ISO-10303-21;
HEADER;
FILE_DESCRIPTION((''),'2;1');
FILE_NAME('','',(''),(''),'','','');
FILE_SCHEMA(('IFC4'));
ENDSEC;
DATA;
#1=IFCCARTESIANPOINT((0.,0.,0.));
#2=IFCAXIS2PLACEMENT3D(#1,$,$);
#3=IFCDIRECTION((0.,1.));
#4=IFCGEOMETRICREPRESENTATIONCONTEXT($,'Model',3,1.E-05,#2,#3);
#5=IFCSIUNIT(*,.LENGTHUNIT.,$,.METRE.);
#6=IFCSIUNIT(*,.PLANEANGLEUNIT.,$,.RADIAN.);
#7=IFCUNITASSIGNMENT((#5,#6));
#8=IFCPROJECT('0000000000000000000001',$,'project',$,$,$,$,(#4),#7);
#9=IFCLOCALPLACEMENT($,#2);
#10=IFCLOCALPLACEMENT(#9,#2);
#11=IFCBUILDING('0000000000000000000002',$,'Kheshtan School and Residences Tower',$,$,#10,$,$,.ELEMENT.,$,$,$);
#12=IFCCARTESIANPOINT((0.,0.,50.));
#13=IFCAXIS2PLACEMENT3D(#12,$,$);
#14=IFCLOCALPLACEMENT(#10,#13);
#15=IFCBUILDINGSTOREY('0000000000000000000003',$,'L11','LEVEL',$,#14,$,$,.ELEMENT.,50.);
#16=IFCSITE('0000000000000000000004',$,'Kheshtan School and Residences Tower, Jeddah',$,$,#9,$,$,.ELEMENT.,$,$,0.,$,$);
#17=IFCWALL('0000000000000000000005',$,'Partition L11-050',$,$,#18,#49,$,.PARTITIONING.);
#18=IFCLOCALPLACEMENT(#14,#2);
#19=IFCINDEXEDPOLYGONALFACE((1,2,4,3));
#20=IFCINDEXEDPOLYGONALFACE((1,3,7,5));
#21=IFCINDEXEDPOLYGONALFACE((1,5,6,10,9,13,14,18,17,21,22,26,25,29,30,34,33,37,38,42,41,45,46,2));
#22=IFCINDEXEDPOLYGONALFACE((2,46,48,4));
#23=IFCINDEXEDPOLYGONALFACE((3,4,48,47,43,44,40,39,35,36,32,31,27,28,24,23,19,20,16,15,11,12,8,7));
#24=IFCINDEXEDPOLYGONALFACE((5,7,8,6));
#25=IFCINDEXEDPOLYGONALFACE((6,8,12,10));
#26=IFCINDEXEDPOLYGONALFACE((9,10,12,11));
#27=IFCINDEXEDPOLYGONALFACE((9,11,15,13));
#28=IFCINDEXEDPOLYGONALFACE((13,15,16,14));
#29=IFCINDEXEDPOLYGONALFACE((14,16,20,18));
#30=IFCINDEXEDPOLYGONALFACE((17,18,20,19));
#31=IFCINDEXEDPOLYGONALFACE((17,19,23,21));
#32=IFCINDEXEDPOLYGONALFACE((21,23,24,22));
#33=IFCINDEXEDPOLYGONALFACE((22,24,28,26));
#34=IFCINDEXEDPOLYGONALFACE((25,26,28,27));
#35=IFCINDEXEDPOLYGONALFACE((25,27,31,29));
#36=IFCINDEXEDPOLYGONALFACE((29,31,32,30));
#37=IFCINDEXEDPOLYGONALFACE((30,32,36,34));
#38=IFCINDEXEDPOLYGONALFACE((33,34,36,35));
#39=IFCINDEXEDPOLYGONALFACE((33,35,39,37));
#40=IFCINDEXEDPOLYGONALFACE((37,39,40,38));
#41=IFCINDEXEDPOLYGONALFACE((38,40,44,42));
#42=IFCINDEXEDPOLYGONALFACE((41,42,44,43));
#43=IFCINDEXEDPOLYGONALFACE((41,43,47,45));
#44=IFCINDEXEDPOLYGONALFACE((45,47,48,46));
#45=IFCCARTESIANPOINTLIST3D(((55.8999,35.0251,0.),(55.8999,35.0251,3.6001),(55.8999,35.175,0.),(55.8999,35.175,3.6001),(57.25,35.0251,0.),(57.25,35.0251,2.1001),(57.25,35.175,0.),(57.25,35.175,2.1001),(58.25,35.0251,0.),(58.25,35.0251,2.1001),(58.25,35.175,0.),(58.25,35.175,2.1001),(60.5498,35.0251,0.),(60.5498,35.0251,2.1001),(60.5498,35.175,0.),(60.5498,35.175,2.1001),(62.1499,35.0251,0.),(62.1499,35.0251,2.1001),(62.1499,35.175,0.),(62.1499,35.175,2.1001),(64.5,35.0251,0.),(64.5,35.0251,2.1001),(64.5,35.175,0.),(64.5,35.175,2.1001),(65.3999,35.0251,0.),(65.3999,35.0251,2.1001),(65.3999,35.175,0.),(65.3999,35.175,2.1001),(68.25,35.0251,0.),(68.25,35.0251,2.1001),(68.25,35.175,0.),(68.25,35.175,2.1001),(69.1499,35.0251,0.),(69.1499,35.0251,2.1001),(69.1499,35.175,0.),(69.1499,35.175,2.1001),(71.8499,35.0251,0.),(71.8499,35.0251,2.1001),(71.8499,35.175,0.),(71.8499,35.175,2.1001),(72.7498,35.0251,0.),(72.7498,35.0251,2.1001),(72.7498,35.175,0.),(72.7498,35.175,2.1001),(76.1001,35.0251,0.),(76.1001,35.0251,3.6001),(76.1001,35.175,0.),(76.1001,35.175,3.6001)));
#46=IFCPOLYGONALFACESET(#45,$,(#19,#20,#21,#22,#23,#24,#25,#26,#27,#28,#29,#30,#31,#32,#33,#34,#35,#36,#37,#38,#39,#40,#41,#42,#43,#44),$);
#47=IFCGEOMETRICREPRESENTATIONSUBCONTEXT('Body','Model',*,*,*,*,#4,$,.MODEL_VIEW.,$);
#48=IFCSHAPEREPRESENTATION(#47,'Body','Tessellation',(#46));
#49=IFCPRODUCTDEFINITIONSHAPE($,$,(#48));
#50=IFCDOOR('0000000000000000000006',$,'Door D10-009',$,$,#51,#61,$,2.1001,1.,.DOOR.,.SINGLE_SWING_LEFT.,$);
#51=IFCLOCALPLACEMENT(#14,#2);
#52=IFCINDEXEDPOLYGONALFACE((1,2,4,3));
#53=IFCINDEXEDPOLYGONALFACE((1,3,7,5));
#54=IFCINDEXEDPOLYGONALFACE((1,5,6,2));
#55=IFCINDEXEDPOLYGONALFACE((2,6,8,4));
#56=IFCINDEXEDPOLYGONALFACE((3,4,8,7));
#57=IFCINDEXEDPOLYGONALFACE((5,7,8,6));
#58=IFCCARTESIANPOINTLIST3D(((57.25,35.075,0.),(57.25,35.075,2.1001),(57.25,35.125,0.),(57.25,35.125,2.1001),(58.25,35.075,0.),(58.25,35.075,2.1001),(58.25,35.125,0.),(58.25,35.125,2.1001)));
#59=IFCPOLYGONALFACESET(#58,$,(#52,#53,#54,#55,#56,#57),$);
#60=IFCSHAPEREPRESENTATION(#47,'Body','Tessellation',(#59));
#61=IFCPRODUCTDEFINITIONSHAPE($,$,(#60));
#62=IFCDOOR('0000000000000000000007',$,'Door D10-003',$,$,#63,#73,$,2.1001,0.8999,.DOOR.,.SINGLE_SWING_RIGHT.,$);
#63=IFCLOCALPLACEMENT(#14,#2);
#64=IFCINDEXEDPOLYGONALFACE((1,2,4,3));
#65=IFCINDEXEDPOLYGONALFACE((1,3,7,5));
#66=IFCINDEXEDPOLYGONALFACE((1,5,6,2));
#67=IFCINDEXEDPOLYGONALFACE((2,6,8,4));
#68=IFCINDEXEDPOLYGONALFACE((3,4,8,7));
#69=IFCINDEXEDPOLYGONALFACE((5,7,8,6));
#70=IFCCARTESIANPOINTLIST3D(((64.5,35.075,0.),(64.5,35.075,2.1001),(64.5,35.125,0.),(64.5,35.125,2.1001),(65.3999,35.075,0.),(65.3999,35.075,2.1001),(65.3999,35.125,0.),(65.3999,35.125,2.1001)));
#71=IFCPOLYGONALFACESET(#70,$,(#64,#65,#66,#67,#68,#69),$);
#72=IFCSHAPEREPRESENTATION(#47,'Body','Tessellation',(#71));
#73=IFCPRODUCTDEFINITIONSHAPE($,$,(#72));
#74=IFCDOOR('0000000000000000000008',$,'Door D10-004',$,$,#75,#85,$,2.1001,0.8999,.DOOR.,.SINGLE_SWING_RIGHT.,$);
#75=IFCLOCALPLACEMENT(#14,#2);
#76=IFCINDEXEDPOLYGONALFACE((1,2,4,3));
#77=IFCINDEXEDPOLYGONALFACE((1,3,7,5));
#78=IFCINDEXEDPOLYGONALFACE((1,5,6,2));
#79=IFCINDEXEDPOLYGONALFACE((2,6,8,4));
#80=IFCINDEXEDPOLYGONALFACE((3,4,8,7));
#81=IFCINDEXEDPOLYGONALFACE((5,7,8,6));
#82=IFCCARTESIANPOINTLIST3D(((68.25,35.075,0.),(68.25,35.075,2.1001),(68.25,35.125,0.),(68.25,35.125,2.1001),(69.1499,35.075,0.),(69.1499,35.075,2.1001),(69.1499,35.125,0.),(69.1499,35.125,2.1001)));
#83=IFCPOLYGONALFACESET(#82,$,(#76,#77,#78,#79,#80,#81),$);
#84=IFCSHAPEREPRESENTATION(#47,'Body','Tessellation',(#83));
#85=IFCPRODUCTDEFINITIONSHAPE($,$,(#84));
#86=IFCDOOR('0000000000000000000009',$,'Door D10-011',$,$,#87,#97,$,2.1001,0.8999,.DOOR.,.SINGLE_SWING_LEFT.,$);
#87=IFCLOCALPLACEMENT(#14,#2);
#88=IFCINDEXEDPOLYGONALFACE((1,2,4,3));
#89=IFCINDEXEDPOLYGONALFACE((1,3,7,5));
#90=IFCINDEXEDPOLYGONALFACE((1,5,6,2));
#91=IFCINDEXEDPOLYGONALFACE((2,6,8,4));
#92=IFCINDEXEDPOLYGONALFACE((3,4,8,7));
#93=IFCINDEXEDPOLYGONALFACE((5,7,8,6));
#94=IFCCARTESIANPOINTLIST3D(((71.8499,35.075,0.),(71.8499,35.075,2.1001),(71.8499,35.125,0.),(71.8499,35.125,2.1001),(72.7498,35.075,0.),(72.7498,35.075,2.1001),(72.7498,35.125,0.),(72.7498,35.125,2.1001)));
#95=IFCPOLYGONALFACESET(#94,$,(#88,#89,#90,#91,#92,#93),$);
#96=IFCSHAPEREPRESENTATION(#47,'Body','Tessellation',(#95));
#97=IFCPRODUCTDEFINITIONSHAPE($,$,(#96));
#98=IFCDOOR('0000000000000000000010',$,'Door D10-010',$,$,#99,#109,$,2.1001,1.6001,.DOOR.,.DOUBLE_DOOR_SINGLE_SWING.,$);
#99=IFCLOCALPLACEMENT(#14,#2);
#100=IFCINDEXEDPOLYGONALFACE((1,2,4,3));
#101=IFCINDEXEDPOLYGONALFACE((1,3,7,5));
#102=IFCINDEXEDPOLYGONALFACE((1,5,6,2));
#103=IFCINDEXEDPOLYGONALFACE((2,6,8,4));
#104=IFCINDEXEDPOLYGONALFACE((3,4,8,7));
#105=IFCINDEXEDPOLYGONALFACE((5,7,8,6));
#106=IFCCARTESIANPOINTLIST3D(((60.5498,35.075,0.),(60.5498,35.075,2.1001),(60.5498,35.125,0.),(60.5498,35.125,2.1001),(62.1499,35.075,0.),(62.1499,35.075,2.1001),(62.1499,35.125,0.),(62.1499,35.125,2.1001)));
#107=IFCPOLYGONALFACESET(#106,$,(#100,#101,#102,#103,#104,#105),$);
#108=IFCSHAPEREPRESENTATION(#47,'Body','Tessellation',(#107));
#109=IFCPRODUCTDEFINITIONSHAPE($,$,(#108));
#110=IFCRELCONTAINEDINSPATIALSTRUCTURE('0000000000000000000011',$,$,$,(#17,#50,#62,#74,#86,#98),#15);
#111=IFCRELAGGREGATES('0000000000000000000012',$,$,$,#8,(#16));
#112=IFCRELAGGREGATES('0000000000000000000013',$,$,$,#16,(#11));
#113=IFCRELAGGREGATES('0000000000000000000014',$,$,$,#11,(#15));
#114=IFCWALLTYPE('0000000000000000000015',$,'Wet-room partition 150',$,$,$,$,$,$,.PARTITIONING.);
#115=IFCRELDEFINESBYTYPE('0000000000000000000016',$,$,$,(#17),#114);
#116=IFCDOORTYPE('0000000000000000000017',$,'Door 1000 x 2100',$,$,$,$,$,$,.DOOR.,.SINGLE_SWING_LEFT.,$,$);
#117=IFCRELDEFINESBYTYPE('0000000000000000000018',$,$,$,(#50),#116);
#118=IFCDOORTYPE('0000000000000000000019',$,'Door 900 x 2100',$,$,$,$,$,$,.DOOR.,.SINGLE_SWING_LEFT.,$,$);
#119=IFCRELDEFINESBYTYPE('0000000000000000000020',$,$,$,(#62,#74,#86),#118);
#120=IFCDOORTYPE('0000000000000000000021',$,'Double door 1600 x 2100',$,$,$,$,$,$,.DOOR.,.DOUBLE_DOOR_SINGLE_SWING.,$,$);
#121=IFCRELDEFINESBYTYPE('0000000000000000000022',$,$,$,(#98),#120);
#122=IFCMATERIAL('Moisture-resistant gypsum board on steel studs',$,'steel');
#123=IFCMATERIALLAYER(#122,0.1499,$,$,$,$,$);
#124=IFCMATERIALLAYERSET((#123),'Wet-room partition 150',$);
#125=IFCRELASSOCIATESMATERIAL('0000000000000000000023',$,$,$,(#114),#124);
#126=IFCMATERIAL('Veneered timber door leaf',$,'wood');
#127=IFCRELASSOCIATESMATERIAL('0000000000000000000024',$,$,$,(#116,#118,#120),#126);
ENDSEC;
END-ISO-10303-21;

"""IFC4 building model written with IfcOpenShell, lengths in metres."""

from ifc_helpers import new_model, si_unit, direction, frame, frame_2d, origin, place, context, subcontext, project, spatial, rectangle, extrude, source, transform, mapped, material, layer, layer_set, type_object, element, fill, save


model = new_model("IFC4")

# Units and contexts
model_context = context("Model", 3, precision=1e-05, world=origin(), true_north=direction((0.0, 1.0)))
body_context = subcontext(model_context, "Body", "Model", "MODEL_VIEW")
ifc_project = project(units=[si_unit("LENGTHUNIT", "METRE"), si_unit("PLANEANGLEUNIT", "RADIAN")], contexts=[model_context])

# Site, building, storey
site_placement = place(None, origin())
site = spatial("IfcSite", under=ifc_project, at=site_placement, Name="Kheshtan School and Residences Tower, Jeddah", CompositionType="ELEMENT", RefElevation=0.0)
building_placement = place(site_placement, origin())
building = spatial("IfcBuilding", under=site, at=building_placement, Name="Kheshtan School and Residences Tower", CompositionType="ELEMENT")
storey_placement = place(building_placement, frame((0.0, 0.0, 50.0)))
storey = spatial("IfcBuildingStorey", under=building, at=storey_placement, Name="L11", Description="LEVEL", CompositionType="ELEMENT", Elevation=50.0)

# Wall, openings, doors
ifc_material_1 = material(Name="Moisture-resistant gypsum board on steel studs", Category="steel")
ifc_layer_1 = layer(ifc_material_1, 0.1499)
ifc_layer_set_1 = layer_set([ifc_layer_1], Name="Wet-room partition 150")
wall_type_1 = type_object("IfcWallType", Name="Wet-room partition 150", PredefinedType="PARTITIONING", material=ifc_layer_set_1)
wall_1_placement = place(storey_placement, frame((55.8999, 35.1001, 0.0), z_axis=(0.0, 0.0, 1.0), x_axis=(1.0, 0.0, 0.0)))
wall_1 = element("IfcWall", 1, at=wall_1_placement, inside=storey, type_object=wall_type_1, Name="Partition L11-050", PredefinedType="PARTITIONING", context=body_context, shape_type="SweptSolid", body=[
    extrude(rectangle(XDim=20.2002, YDim=0.1499, at=frame_2d((10.1001, 0.0))), origin(), (0.0, 0.0, 1.0), 3.6001),
])
opening_1_placement = place(wall_1_placement, frame((8.6001, 0.0, 0.0)))
opening_1 = element("IfcOpeningElement", 2, at=opening_1_placement, cuts=wall_1, PredefinedType="OPENING", context=body_context, shape_type="SweptSolid", body=[
    extrude(rectangle(XDim=0.8999, YDim=2.1001, at=frame_2d((0.45, 1.05))), frame((0.0, 0.085, 0.0), z_axis=(0.0, -1.0, 0.0), x_axis=(1.0, 0.0, 0.0)), (0.0, 0.0, 1.0), 0.1699),
])
opening_2_placement = place(wall_1_placement, frame((12.3501, 0.0, 0.0)))
opening_2 = element("IfcOpeningElement", 3, at=opening_2_placement, cuts=wall_1, PredefinedType="OPENING", context=body_context, shape_type="SweptSolid", body=[
    extrude(rectangle(XDim=0.8999, YDim=2.1001, at=frame_2d((0.45, 1.05))), frame((0.0, 0.085, 0.0), z_axis=(0.0, -1.0, 0.0), x_axis=(1.0, 0.0, 0.0)), (0.0, 0.0, 1.0), 0.1699),
])
opening_3_placement = place(wall_1_placement, frame((1.3501, 0.0, 0.0)))
opening_3 = element("IfcOpeningElement", 4, at=opening_3_placement, cuts=wall_1, PredefinedType="OPENING", context=body_context, shape_type="SweptSolid", body=[
    extrude(rectangle(XDim=1.0, YDim=2.1001, at=frame_2d((0.5, 1.05))), frame((0.0, 0.085, 0.0), z_axis=(0.0, -1.0, 0.0), x_axis=(1.0, 0.0, 0.0)), (0.0, 0.0, 1.0), 0.1699),
])
opening_4_placement = place(wall_1_placement, frame((4.6499, 0.0, 0.0)))
opening_4 = element("IfcOpeningElement", 5, at=opening_4_placement, cuts=wall_1, PredefinedType="OPENING", context=body_context, shape_type="SweptSolid", body=[
    extrude(rectangle(XDim=1.6001, YDim=2.1001, at=frame_2d((0.8, 1.05))), frame((0.0, 0.085, 0.0), z_axis=(0.0, -1.0, 0.0), x_axis=(1.0, 0.0, 0.0)), (0.0, 0.0, 1.0), 0.1699),
])
opening_5_placement = place(wall_1_placement, frame((15.95, 0.0, 0.0)))
opening_5 = element("IfcOpeningElement", 6, at=opening_5_placement, cuts=wall_1, PredefinedType="OPENING", context=body_context, shape_type="SweptSolid", body=[
    extrude(rectangle(XDim=0.8999, YDim=2.1001, at=frame_2d((0.45, 1.05))), frame((0.0, 0.085, 0.0), z_axis=(0.0, -1.0, 0.0), x_axis=(1.0, 0.0, 0.0)), (0.0, 0.0, 1.0), 0.1699),
])
ifc_material_2 = material(Name="Veneered timber door leaf", Category="wood")
door_type_1 = type_object("IfcDoorType", Name="Door 1000 x 2100", OperationType="SINGLE_SWING_LEFT", PredefinedType="DOOR", material=ifc_material_2)
shared_shape_1 = source(origin(), body_context, "Body", "SweptSolid", [
    extrude(rectangle(XDim=1.0, YDim=2.1001, at=frame_2d((0.5, 1.05))), frame((0.0, 0.0249, 0.0), z_axis=(0.0, -1.0, 0.0), x_axis=(1.0, 0.0, 0.0)), (0.0, 0.0, 1.0), 0.05),
])
door_1_placement = place(opening_3_placement, origin())
door_1 = element("IfcDoor", 7, at=door_1_placement, inside=storey, type_object=door_type_1, Name="Door D10-009", OperationType="SINGLE_SWING_LEFT", OverallHeight=2.1001, OverallWidth=1.0, PredefinedType="DOOR", context=body_context, shape_type="MappedRepresentation", body=[
    mapped(shared_shape_1, transform((0.0, 0.0, 0.0), x_axis=(1.0, 0.0, 0.0), y_axis=(0.0, 1.0, 0.0), z_axis=(0.0, 0.0, 1.0), scale=1.0)),
])
fill(opening_3, door_1)
door_type_2 = type_object("IfcDoorType", Name="Door 900 x 2100", OperationType="SINGLE_SWING_LEFT", PredefinedType="DOOR", material=ifc_material_2)
shared_shape_2 = source(origin(), body_context, "Body", "SweptSolid", [
    extrude(rectangle(XDim=0.8999, YDim=2.1001, at=frame_2d((0.45, 1.05))), frame((0.0, 0.0249, 0.0), z_axis=(0.0, -1.0, 0.0), x_axis=(1.0, 0.0, 0.0)), (0.0, 0.0, 1.0), 0.05),
])
door_2_placement = place(opening_1_placement, origin())
door_2 = element("IfcDoor", 8, at=door_2_placement, inside=storey, type_object=door_type_2, Name="Door D10-003", OperationType="SINGLE_SWING_RIGHT", OverallHeight=2.1001, OverallWidth=0.8999, PredefinedType="DOOR", context=body_context, shape_type="MappedRepresentation", body=[
    mapped(shared_shape_2, transform((0.0, 0.0, 0.0), x_axis=(1.0, 0.0, 0.0), y_axis=(0.0, 1.0, 0.0), z_axis=(0.0, 0.0, 1.0), scale=1.0)),
])
fill(opening_1, door_2)
door_3_placement = place(opening_2_placement, origin())
door_3 = element("IfcDoor", 9, at=door_3_placement, inside=storey, type_object=door_type_2, Name="Door D10-004", OperationType="SINGLE_SWING_RIGHT", OverallHeight=2.1001, OverallWidth=0.8999, PredefinedType="DOOR", context=body_context, shape_type="MappedRepresentation", body=[
    mapped(shared_shape_2, transform((0.0, 0.0, 0.0), x_axis=(1.0, 0.0, 0.0), y_axis=(0.0, 1.0, 0.0), z_axis=(0.0, 0.0, 1.0), scale=1.0)),
])
fill(opening_2, door_3)
door_4_placement = place(opening_5_placement, origin())
door_4 = element("IfcDoor", 10, at=door_4_placement, inside=storey, type_object=door_type_2, Name="Door D10-011", OperationType="SINGLE_SWING_LEFT", OverallHeight=2.1001, OverallWidth=0.8999, PredefinedType="DOOR", context=body_context, shape_type="MappedRepresentation", body=[
    mapped(shared_shape_2, transform((0.0, 0.0, 0.0), x_axis=(1.0, 0.0, 0.0), y_axis=(0.0, 1.0, 0.0), z_axis=(0.0, 0.0, 1.0), scale=1.0)),
])
fill(opening_5, door_4)
door_type_3 = type_object("IfcDoorType", Name="Double door 1600 x 2100", OperationType="DOUBLE_DOOR_SINGLE_SWING", PredefinedType="DOOR", material=ifc_material_2)
shared_shape_3 = source(origin(), body_context, "Body", "SweptSolid", [
    extrude(rectangle(XDim=1.6001, YDim=2.1001, at=frame_2d((0.8, 1.05))), frame((0.0, 0.0249, 0.0), z_axis=(0.0, -1.0, 0.0), x_axis=(1.0, 0.0, 0.0)), (0.0, 0.0, 1.0), 0.05),
])
door_5_placement = place(opening_4_placement, origin())
door_5 = element("IfcDoor", 11, at=door_5_placement, inside=storey, type_object=door_type_3, Name="Door D10-010", OperationType="DOUBLE_DOOR_SINGLE_SWING", OverallHeight=2.1001, OverallWidth=1.6001, PredefinedType="DOOR", context=body_context, shape_type="MappedRepresentation", body=[
    mapped(shared_shape_3, transform((0.0, 0.0, 0.0), x_axis=(1.0, 0.0, 0.0), y_axis=(0.0, 1.0, 0.0), z_axis=(0.0, 0.0, 1.0), scale=1.0)),
])
fill(opening_4, door_5)

save(model, "model.ifc")
